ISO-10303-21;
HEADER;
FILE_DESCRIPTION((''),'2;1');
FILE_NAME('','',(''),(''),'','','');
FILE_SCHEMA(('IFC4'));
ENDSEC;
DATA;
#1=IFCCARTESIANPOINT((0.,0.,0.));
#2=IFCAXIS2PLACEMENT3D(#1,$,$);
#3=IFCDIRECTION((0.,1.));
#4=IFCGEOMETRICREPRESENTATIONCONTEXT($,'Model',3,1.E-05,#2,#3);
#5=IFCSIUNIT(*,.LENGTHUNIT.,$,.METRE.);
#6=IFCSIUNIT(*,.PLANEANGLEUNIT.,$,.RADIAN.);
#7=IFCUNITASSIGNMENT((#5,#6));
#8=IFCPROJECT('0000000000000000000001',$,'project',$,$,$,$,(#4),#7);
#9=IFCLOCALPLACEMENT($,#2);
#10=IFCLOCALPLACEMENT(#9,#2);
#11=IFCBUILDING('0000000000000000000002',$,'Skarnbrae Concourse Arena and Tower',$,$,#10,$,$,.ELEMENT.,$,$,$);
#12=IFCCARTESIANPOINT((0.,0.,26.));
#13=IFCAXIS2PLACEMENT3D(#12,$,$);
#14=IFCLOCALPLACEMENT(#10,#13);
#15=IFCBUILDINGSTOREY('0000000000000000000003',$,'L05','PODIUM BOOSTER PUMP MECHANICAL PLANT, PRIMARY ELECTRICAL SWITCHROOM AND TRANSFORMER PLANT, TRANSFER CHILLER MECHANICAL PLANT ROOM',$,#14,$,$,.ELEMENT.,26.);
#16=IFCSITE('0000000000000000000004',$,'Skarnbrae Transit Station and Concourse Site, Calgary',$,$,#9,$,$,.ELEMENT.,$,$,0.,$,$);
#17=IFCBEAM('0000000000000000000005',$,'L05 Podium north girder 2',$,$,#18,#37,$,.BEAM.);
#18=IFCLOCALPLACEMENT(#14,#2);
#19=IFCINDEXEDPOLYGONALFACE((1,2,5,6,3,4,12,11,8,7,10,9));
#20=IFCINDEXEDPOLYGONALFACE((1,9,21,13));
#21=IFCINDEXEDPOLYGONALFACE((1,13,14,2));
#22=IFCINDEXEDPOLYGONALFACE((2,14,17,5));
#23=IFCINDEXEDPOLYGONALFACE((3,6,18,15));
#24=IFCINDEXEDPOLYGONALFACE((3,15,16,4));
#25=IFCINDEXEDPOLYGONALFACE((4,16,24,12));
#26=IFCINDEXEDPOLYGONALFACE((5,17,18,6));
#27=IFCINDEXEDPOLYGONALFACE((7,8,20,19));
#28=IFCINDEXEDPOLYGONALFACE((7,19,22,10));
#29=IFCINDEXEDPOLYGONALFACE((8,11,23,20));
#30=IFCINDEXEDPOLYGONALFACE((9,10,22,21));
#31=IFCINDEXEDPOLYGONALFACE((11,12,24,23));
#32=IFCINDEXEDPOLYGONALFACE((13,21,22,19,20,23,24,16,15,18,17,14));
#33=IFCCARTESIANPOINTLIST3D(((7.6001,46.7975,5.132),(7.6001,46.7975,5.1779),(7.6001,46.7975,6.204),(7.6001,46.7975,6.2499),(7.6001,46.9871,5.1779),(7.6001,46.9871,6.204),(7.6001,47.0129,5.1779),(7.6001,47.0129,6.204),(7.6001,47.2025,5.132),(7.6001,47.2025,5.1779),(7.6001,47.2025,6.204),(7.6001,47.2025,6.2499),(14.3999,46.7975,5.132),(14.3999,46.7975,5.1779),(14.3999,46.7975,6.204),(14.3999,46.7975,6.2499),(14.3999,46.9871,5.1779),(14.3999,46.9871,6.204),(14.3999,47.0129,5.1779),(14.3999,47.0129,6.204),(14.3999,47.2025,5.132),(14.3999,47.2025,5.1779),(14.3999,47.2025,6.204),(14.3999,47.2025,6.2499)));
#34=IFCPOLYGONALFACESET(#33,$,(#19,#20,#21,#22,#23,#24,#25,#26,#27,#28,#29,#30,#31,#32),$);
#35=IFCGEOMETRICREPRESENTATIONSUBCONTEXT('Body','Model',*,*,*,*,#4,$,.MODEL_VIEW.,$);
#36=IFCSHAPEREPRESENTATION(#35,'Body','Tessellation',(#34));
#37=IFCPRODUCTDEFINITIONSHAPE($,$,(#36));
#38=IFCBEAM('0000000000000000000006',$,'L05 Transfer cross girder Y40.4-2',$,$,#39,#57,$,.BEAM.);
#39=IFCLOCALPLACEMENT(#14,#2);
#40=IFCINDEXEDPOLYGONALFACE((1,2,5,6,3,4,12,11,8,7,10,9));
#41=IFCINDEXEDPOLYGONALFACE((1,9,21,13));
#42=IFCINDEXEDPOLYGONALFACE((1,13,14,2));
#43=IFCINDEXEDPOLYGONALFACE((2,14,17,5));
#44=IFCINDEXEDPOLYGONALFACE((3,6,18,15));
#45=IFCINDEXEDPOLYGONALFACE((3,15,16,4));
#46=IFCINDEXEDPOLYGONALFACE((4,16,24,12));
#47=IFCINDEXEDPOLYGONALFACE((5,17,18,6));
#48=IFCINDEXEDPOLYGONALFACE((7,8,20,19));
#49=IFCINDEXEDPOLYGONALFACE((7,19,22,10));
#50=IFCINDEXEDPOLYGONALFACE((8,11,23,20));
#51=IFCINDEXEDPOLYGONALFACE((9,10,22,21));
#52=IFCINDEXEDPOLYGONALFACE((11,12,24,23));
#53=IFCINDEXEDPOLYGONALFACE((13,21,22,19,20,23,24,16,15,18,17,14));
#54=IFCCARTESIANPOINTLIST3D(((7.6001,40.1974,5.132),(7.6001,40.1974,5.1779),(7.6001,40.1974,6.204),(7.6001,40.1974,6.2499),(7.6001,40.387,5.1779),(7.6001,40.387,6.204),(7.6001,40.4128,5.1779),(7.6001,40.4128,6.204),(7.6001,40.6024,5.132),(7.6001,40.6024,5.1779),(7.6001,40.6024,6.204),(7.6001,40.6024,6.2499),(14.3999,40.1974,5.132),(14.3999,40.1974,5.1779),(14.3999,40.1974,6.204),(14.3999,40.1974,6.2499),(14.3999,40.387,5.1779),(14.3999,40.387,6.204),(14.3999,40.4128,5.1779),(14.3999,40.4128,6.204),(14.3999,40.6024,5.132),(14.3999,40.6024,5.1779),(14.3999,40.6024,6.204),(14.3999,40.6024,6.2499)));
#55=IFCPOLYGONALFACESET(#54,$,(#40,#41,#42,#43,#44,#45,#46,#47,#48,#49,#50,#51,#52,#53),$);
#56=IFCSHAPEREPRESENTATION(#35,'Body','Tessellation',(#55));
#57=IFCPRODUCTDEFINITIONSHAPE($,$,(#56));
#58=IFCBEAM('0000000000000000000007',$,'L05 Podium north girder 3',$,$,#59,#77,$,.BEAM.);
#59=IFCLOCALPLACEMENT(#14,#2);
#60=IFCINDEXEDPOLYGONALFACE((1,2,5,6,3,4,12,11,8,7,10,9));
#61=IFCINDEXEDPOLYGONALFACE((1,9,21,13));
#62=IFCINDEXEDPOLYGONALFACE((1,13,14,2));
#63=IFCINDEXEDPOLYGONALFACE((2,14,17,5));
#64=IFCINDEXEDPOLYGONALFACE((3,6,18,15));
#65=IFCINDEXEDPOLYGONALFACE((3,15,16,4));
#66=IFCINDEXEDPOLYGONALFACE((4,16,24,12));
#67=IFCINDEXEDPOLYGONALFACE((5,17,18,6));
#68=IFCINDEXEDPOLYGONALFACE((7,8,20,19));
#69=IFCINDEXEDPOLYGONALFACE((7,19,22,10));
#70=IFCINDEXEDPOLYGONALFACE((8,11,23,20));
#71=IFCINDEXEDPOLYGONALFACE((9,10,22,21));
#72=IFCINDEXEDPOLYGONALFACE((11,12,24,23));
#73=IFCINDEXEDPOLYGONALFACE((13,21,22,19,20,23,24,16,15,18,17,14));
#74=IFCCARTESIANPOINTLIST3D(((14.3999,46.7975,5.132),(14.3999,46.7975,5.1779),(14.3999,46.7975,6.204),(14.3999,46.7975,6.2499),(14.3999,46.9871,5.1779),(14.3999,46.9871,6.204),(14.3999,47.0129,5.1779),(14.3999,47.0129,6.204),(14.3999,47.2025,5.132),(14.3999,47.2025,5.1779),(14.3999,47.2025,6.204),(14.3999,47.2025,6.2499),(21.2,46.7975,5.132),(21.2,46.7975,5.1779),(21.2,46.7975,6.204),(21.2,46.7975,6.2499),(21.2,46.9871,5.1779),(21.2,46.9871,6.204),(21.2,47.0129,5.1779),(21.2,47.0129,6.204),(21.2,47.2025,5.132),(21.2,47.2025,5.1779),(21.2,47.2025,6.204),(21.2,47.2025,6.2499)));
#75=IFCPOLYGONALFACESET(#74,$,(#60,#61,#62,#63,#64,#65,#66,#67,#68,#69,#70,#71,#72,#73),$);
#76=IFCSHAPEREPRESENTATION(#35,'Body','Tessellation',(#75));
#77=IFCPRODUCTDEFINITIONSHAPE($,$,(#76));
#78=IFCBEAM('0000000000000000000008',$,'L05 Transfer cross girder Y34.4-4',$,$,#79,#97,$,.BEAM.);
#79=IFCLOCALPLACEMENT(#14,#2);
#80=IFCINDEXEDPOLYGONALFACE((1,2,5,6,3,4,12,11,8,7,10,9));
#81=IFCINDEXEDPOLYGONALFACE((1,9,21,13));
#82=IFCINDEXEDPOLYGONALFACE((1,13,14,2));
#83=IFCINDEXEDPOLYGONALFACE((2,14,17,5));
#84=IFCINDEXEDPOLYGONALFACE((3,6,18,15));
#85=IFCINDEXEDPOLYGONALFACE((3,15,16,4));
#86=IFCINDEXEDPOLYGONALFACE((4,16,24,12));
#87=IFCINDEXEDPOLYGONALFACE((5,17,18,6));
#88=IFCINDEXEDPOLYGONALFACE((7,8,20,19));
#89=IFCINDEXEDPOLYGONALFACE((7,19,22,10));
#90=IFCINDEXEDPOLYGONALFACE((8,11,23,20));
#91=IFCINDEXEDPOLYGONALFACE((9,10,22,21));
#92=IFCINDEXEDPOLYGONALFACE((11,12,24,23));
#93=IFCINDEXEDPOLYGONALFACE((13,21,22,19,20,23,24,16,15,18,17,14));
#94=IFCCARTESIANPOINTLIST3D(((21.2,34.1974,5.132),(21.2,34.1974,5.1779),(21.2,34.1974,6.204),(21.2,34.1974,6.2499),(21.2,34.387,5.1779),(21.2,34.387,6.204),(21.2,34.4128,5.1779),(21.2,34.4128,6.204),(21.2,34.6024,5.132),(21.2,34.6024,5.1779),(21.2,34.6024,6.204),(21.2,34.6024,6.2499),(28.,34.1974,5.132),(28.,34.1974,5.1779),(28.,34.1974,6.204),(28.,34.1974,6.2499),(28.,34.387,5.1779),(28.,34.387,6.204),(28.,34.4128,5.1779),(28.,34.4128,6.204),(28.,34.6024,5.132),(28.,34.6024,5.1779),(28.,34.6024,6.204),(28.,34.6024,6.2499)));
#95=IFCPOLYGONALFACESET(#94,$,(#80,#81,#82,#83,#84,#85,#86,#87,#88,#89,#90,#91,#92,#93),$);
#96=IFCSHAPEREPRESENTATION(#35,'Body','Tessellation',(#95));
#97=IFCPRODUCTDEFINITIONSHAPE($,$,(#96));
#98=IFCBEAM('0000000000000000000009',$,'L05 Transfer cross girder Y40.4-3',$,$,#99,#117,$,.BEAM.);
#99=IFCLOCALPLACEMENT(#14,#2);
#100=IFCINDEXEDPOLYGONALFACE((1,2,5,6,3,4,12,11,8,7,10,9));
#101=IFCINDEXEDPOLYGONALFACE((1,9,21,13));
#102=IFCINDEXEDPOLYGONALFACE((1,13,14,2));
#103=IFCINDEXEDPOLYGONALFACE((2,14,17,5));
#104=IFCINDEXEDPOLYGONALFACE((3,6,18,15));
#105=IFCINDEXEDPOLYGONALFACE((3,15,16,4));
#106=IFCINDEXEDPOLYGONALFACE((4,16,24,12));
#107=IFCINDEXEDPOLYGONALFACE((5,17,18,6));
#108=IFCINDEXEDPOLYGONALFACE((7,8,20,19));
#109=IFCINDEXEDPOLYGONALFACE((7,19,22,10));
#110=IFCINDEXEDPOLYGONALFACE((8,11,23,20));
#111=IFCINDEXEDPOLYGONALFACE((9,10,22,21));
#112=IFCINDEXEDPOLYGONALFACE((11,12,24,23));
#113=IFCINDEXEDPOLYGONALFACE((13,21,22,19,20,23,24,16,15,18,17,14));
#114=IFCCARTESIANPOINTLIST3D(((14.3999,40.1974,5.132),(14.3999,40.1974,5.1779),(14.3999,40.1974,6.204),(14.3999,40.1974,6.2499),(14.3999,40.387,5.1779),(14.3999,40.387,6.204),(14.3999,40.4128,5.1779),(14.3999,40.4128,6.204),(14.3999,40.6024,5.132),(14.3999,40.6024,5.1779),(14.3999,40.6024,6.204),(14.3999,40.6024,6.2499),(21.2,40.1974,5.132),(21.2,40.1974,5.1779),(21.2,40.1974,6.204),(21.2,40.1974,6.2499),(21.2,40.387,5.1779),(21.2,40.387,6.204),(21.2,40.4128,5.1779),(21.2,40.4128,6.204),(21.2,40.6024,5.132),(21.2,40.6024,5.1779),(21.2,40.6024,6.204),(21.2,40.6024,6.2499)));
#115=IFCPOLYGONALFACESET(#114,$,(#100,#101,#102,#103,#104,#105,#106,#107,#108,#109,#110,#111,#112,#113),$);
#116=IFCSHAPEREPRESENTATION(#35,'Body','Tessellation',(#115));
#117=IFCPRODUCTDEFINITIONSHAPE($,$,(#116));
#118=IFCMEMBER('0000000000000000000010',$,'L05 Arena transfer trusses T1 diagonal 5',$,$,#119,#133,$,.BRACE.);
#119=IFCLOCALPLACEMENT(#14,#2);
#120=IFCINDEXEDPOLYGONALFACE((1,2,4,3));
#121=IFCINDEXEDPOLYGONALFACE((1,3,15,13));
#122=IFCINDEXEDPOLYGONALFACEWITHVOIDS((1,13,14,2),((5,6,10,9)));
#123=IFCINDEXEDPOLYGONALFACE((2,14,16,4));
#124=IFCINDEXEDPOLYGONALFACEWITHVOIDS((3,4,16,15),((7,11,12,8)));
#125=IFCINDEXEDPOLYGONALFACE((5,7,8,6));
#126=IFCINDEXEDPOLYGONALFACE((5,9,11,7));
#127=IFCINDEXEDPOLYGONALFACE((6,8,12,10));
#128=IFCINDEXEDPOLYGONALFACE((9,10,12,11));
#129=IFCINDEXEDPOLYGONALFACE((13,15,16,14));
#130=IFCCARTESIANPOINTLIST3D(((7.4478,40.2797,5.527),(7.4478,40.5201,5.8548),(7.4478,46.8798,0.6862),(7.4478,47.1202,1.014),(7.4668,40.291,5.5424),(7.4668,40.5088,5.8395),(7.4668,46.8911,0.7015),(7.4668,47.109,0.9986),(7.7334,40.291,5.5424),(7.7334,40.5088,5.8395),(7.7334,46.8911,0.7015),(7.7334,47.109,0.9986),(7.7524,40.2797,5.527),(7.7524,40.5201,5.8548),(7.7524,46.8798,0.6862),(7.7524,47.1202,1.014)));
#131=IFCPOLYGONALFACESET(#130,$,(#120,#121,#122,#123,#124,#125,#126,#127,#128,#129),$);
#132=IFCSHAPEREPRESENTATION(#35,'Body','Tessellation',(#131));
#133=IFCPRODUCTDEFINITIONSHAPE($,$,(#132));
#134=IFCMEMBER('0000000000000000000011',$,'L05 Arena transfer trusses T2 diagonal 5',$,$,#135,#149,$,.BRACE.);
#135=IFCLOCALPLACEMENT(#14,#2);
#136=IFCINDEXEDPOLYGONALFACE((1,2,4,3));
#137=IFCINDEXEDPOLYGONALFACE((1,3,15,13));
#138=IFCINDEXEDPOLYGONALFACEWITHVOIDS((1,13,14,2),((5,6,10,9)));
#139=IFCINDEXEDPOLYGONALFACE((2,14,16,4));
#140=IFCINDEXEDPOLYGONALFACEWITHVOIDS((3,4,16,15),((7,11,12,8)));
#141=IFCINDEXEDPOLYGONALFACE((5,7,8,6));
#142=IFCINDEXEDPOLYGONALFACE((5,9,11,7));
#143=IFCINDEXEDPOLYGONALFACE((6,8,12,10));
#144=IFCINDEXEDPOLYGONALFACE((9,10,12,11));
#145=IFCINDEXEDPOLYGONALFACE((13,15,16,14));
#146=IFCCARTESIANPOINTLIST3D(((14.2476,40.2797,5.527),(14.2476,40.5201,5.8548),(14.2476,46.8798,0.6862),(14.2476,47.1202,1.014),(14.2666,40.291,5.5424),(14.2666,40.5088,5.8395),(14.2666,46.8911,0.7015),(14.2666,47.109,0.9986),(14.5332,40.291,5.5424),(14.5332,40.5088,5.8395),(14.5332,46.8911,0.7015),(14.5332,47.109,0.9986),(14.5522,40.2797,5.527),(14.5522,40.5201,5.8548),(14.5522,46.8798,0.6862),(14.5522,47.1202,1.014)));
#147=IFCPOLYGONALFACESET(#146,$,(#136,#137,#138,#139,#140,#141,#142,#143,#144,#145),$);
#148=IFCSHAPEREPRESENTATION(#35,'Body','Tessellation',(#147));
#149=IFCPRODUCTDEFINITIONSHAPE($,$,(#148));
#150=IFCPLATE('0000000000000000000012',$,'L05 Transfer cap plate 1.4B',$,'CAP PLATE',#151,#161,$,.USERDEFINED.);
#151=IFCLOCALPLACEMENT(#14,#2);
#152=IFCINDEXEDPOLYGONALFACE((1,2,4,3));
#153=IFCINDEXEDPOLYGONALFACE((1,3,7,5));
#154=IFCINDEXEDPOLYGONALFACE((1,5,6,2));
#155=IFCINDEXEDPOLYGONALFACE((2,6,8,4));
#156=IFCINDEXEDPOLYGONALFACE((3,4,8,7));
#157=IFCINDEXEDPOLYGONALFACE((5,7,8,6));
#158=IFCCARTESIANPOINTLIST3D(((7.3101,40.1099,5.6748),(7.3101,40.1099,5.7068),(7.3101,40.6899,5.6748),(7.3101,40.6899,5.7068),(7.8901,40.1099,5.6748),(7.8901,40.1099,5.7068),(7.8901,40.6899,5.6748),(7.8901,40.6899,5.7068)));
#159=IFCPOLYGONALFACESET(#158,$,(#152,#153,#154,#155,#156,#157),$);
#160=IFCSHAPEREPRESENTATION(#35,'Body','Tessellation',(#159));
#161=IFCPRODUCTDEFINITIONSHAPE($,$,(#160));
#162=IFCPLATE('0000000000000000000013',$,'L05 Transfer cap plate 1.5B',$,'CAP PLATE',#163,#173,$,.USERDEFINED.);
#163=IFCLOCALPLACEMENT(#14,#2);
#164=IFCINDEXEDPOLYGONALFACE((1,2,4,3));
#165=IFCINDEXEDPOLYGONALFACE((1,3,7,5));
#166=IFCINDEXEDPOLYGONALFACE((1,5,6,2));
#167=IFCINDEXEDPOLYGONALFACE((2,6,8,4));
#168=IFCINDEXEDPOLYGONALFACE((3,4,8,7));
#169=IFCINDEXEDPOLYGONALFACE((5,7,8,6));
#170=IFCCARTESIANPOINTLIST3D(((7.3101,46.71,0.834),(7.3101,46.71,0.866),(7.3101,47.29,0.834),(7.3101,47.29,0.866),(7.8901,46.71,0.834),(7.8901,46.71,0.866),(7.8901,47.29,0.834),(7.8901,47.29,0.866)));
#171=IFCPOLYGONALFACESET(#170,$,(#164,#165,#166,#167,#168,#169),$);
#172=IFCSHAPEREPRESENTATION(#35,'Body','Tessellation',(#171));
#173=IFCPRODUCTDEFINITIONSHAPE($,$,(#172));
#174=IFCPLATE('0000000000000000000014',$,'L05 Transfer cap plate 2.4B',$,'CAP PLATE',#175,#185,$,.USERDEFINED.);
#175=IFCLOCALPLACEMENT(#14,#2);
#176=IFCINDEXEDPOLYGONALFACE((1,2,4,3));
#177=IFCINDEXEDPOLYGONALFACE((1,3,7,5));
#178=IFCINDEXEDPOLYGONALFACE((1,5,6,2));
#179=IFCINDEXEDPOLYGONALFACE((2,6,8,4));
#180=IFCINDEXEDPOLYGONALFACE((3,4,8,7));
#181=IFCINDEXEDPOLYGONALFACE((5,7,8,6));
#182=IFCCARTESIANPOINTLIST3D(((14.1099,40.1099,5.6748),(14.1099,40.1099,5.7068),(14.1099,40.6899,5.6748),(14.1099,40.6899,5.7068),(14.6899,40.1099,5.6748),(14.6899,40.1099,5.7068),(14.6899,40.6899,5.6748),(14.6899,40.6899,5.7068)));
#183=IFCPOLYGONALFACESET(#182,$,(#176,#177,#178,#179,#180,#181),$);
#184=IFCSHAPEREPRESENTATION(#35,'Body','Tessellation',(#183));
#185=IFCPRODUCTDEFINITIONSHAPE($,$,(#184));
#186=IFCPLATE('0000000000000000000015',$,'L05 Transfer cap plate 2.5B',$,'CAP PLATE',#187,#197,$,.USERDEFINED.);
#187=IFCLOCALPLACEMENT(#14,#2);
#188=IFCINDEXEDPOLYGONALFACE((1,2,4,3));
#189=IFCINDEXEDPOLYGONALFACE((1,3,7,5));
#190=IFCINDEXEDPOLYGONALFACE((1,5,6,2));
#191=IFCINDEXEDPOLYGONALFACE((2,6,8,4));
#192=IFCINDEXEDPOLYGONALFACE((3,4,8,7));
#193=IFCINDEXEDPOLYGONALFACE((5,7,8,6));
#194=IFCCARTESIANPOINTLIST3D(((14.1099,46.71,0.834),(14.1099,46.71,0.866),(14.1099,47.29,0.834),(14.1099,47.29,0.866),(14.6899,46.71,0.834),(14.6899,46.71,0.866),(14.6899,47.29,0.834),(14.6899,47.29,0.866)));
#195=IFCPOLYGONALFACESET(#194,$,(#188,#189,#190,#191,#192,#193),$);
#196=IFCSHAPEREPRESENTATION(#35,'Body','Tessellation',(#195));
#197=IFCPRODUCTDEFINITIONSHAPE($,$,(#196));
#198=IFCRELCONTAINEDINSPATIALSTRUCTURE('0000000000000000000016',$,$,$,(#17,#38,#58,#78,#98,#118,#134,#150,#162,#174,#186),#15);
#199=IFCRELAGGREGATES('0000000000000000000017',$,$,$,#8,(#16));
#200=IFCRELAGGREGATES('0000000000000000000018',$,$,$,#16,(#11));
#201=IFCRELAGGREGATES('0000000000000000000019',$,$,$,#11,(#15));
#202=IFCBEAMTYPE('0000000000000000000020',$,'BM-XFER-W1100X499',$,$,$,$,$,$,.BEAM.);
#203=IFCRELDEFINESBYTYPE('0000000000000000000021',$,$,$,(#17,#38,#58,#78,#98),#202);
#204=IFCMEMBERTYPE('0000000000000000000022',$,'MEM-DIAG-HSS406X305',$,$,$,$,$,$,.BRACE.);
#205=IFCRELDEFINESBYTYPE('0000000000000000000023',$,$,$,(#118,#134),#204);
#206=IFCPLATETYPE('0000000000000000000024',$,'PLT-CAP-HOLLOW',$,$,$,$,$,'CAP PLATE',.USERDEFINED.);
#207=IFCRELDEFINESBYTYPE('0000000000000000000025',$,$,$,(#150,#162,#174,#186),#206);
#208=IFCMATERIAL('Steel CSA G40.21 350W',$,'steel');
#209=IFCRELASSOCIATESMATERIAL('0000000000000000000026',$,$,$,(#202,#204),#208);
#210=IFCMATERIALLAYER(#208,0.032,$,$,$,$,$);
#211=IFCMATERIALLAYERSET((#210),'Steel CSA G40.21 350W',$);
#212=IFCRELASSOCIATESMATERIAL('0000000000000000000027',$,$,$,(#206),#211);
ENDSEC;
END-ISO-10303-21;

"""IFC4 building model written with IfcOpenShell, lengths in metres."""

from ifc_helpers import new_model, si_unit, direction, frame, origin, origin_2d, place, context, subcontext, project, spatial, rectangle, hollow_rectangle, i_section, extrude, source, transform, mapped, material, layer, layer_set, material_profile, profile_set, type_object, element, save


model = new_model("IFC4")

# Units and contexts
model_context = context("Model", 3, precision=1e-05, world=origin(), true_north=direction((0.0, 1.0)))
body_context = subcontext(model_context, "Body", "Model", "MODEL_VIEW")
ifc_project = project(units=[si_unit("LENGTHUNIT", "METRE"), si_unit("PLANEANGLEUNIT", "RADIAN")], contexts=[model_context])

# Site, building, storey
site_placement = place(None, origin())
site = spatial("IfcSite", under=ifc_project, at=site_placement, Name="Skarnbrae Transit Station and Concourse Site, Calgary", CompositionType="ELEMENT", RefElevation=0.0)
building_placement = place(site_placement, origin())
building = spatial("IfcBuilding", under=site, at=building_placement, Name="Skarnbrae Concourse Arena and Tower", CompositionType="ELEMENT")
storey_placement = place(building_placement, frame((0.0, 0.0, 26.0)))
storey = spatial("IfcBuildingStorey", under=building, at=storey_placement, Name="L05", Description="PODIUM BOOSTER PUMP MECHANICAL PLANT, PRIMARY ELECTRICAL SWITCHROOM AND TRANSFORMER PLANT, TRANSFER CHILLER MECHANICAL PLANT ROOM", CompositionType="ELEMENT", Elevation=26.0)

# Shared definitions
ifc_material_1 = material(Name="Steel CSA G40.21 350W", Category="steel")

# Beams
ifc_material_profile_1 = material_profile(ifc_material_1, i_section(OverallWidth=0.405, OverallDepth=1.1179, WebThickness=0.0259, FlangeThickness=0.0459, at=origin_2d()), Name="W1100X499")
ifc_profile_set_1 = profile_set([ifc_material_profile_1], Name="Steel CSA G40.21 350W")
beam_type = type_object("IfcBeamType", Name="BM-XFER-W1100X499", PredefinedType="BEAM", material=ifc_profile_set_1)
shared_shape_1 = source(origin(), body_context, "Body", "SweptSolid", [
    extrude(i_section(OverallWidth=0.405, OverallDepth=1.1179, WebThickness=0.0259, FlangeThickness=0.0459, at=origin_2d()), origin(), (0.0, 0.0, 1.0), 6.7998),
])
for number, where, z_axis, x_axis, name in (
    (1, (7.6001, 47.0, 5.6909), (1.0, 0.0, 0.0), (0.0, 1.0, 0.0), "L05 Podium north girder 2"),
    (2, (7.6001, 40.3999, 5.6909), (1.0, 0.0, 0.0), (0.0, 1.0, 0.0), "L05 Transfer cross girder Y40.4-2"),
):
    element("IfcBeam", number, at=place(storey_placement, frame(where, z_axis=z_axis, x_axis=x_axis)), inside=storey, type_object=beam_type, Name=name, PredefinedType="BEAM", context=body_context, shape_type="MappedRepresentation", body=[
        mapped(shared_shape_1, transform((0.0, 0.0, 0.0))),
    ])
shared_shape_2 = source(origin(), body_context, "Body", "SweptSolid", [
    extrude(i_section(OverallWidth=0.405, OverallDepth=1.1179, WebThickness=0.0259, FlangeThickness=0.0459, at=origin_2d()), origin(), (0.0, 0.0, 1.0), 6.8),
])
for number, where, z_axis, x_axis, name in (
    (3, (14.3999, 47.0, 5.6909), (1.0, 0.0, 0.0), (0.0, 1.0, 0.0), "L05 Podium north girder 3"),
    (4, (21.2, 34.3999, 5.6909), (1.0, 0.0, 0.0), (0.0, 1.0, 0.0), "L05 Transfer cross girder Y34.4-4"),
    (5, (14.3999, 40.3999, 5.6909), (1.0, 0.0, 0.0), (0.0, 1.0, 0.0), "L05 Transfer cross girder Y40.4-3"),
):
    element("IfcBeam", number, at=place(storey_placement, frame(where, z_axis=z_axis, x_axis=x_axis)), inside=storey, type_object=beam_type, Name=name, PredefinedType="BEAM", context=body_context, shape_type="MappedRepresentation", body=[
        mapped(shared_shape_2, transform((0.0, 0.0, 0.0))),
    ])

# Members
ifc_material_profile_2 = material_profile(ifc_material_1, hollow_rectangle(XDim=0.3047, YDim=0.4065, WallThickness=0.019, at=origin_2d()), Name="HSS406X305X19.0")
ifc_profile_set_2 = profile_set([ifc_material_profile_2], Name="Steel CSA G40.21 350W")
member_type = type_object("IfcMemberType", Name="MEM-DIAG-HSS406X305", PredefinedType="BRACE", material=ifc_profile_set_2)
shared_shape_3 = source(origin(), body_context, "Body", "SweptSolid", [
    extrude(hollow_rectangle(XDim=0.3047, YDim=0.4065, WallThickness=0.019, at=origin_2d()), origin(), (0.0, 0.0, 1.0), 8.1851),
])
for number, where, z_axis, x_axis, name in (
    (6, (7.6001, 40.3999, 5.6909), (0.0, 0.806361, -0.591423), (-1.0, 0.0, 0.0), "L05 Arena transfer trusses T1 diagonal 5"),
    (7, (14.3999, 40.3999, 5.6909), (0.0, 0.806361, -0.591423), (-1.0, 0.0, 0.0), "L05 Arena transfer trusses T2 diagonal 5"),
):
    element("IfcMember", number, at=place(storey_placement, frame(where, z_axis=z_axis, x_axis=x_axis)), inside=storey, type_object=member_type, Name=name, PredefinedType="BRACE", context=body_context, shape_type="MappedRepresentation", body=[
        mapped(shared_shape_3, transform((0.0, 0.0, 0.0))),
    ])

# Plates
ifc_layer_1 = layer(ifc_material_1, 0.032)
ifc_layer_set_1 = layer_set([ifc_layer_1], Name="Steel CSA G40.21 350W")
plate_type_1 = type_object("IfcPlateType", Name="PLT-CAP-HOLLOW", ElementType="CAP PLATE", PredefinedType="USERDEFINED", material=ifc_layer_set_1)
shared_shape_4 = source(origin(), body_context, "Body", "SweptSolid", [
    extrude(rectangle(XDim=0.5801, YDim=0.5801, at=origin_2d()), origin(), (0.0, 0.0, 1.0), 0.032),
])
for number, where, z_axis, x_axis, name in (
    (8, (7.6001, 40.3999, 5.6748), (0.0, 0.0, 1.0), (1.0, 0.0, 0.0), "L05 Transfer cap plate 1.4B"),
    (9, (7.6001, 47.0, 0.834), (0.0, 0.0, 1.0), (1.0, 0.0, 0.0), "L05 Transfer cap plate 1.5B"),
    (10, (14.3999, 40.3999, 5.6748), (0.0, 0.0, 1.0), (1.0, 0.0, 0.0), "L05 Transfer cap plate 2.4B"),
    (11, (14.3999, 47.0, 0.834), (0.0, 0.0, 1.0), (1.0, 0.0, 0.0), "L05 Transfer cap plate 2.5B"),
):
    element("IfcPlate", number, at=place(storey_placement, frame(where, z_axis=z_axis, x_axis=x_axis)), inside=storey, type_object=plate_type_1, Name=name, ObjectType="CAP PLATE", PredefinedType="USERDEFINED", context=body_context, shape_type="MappedRepresentation", body=[
        mapped(shared_shape_4, transform((0.0, 0.0, 0.0))),
    ])

save(model, "model.ifc")
